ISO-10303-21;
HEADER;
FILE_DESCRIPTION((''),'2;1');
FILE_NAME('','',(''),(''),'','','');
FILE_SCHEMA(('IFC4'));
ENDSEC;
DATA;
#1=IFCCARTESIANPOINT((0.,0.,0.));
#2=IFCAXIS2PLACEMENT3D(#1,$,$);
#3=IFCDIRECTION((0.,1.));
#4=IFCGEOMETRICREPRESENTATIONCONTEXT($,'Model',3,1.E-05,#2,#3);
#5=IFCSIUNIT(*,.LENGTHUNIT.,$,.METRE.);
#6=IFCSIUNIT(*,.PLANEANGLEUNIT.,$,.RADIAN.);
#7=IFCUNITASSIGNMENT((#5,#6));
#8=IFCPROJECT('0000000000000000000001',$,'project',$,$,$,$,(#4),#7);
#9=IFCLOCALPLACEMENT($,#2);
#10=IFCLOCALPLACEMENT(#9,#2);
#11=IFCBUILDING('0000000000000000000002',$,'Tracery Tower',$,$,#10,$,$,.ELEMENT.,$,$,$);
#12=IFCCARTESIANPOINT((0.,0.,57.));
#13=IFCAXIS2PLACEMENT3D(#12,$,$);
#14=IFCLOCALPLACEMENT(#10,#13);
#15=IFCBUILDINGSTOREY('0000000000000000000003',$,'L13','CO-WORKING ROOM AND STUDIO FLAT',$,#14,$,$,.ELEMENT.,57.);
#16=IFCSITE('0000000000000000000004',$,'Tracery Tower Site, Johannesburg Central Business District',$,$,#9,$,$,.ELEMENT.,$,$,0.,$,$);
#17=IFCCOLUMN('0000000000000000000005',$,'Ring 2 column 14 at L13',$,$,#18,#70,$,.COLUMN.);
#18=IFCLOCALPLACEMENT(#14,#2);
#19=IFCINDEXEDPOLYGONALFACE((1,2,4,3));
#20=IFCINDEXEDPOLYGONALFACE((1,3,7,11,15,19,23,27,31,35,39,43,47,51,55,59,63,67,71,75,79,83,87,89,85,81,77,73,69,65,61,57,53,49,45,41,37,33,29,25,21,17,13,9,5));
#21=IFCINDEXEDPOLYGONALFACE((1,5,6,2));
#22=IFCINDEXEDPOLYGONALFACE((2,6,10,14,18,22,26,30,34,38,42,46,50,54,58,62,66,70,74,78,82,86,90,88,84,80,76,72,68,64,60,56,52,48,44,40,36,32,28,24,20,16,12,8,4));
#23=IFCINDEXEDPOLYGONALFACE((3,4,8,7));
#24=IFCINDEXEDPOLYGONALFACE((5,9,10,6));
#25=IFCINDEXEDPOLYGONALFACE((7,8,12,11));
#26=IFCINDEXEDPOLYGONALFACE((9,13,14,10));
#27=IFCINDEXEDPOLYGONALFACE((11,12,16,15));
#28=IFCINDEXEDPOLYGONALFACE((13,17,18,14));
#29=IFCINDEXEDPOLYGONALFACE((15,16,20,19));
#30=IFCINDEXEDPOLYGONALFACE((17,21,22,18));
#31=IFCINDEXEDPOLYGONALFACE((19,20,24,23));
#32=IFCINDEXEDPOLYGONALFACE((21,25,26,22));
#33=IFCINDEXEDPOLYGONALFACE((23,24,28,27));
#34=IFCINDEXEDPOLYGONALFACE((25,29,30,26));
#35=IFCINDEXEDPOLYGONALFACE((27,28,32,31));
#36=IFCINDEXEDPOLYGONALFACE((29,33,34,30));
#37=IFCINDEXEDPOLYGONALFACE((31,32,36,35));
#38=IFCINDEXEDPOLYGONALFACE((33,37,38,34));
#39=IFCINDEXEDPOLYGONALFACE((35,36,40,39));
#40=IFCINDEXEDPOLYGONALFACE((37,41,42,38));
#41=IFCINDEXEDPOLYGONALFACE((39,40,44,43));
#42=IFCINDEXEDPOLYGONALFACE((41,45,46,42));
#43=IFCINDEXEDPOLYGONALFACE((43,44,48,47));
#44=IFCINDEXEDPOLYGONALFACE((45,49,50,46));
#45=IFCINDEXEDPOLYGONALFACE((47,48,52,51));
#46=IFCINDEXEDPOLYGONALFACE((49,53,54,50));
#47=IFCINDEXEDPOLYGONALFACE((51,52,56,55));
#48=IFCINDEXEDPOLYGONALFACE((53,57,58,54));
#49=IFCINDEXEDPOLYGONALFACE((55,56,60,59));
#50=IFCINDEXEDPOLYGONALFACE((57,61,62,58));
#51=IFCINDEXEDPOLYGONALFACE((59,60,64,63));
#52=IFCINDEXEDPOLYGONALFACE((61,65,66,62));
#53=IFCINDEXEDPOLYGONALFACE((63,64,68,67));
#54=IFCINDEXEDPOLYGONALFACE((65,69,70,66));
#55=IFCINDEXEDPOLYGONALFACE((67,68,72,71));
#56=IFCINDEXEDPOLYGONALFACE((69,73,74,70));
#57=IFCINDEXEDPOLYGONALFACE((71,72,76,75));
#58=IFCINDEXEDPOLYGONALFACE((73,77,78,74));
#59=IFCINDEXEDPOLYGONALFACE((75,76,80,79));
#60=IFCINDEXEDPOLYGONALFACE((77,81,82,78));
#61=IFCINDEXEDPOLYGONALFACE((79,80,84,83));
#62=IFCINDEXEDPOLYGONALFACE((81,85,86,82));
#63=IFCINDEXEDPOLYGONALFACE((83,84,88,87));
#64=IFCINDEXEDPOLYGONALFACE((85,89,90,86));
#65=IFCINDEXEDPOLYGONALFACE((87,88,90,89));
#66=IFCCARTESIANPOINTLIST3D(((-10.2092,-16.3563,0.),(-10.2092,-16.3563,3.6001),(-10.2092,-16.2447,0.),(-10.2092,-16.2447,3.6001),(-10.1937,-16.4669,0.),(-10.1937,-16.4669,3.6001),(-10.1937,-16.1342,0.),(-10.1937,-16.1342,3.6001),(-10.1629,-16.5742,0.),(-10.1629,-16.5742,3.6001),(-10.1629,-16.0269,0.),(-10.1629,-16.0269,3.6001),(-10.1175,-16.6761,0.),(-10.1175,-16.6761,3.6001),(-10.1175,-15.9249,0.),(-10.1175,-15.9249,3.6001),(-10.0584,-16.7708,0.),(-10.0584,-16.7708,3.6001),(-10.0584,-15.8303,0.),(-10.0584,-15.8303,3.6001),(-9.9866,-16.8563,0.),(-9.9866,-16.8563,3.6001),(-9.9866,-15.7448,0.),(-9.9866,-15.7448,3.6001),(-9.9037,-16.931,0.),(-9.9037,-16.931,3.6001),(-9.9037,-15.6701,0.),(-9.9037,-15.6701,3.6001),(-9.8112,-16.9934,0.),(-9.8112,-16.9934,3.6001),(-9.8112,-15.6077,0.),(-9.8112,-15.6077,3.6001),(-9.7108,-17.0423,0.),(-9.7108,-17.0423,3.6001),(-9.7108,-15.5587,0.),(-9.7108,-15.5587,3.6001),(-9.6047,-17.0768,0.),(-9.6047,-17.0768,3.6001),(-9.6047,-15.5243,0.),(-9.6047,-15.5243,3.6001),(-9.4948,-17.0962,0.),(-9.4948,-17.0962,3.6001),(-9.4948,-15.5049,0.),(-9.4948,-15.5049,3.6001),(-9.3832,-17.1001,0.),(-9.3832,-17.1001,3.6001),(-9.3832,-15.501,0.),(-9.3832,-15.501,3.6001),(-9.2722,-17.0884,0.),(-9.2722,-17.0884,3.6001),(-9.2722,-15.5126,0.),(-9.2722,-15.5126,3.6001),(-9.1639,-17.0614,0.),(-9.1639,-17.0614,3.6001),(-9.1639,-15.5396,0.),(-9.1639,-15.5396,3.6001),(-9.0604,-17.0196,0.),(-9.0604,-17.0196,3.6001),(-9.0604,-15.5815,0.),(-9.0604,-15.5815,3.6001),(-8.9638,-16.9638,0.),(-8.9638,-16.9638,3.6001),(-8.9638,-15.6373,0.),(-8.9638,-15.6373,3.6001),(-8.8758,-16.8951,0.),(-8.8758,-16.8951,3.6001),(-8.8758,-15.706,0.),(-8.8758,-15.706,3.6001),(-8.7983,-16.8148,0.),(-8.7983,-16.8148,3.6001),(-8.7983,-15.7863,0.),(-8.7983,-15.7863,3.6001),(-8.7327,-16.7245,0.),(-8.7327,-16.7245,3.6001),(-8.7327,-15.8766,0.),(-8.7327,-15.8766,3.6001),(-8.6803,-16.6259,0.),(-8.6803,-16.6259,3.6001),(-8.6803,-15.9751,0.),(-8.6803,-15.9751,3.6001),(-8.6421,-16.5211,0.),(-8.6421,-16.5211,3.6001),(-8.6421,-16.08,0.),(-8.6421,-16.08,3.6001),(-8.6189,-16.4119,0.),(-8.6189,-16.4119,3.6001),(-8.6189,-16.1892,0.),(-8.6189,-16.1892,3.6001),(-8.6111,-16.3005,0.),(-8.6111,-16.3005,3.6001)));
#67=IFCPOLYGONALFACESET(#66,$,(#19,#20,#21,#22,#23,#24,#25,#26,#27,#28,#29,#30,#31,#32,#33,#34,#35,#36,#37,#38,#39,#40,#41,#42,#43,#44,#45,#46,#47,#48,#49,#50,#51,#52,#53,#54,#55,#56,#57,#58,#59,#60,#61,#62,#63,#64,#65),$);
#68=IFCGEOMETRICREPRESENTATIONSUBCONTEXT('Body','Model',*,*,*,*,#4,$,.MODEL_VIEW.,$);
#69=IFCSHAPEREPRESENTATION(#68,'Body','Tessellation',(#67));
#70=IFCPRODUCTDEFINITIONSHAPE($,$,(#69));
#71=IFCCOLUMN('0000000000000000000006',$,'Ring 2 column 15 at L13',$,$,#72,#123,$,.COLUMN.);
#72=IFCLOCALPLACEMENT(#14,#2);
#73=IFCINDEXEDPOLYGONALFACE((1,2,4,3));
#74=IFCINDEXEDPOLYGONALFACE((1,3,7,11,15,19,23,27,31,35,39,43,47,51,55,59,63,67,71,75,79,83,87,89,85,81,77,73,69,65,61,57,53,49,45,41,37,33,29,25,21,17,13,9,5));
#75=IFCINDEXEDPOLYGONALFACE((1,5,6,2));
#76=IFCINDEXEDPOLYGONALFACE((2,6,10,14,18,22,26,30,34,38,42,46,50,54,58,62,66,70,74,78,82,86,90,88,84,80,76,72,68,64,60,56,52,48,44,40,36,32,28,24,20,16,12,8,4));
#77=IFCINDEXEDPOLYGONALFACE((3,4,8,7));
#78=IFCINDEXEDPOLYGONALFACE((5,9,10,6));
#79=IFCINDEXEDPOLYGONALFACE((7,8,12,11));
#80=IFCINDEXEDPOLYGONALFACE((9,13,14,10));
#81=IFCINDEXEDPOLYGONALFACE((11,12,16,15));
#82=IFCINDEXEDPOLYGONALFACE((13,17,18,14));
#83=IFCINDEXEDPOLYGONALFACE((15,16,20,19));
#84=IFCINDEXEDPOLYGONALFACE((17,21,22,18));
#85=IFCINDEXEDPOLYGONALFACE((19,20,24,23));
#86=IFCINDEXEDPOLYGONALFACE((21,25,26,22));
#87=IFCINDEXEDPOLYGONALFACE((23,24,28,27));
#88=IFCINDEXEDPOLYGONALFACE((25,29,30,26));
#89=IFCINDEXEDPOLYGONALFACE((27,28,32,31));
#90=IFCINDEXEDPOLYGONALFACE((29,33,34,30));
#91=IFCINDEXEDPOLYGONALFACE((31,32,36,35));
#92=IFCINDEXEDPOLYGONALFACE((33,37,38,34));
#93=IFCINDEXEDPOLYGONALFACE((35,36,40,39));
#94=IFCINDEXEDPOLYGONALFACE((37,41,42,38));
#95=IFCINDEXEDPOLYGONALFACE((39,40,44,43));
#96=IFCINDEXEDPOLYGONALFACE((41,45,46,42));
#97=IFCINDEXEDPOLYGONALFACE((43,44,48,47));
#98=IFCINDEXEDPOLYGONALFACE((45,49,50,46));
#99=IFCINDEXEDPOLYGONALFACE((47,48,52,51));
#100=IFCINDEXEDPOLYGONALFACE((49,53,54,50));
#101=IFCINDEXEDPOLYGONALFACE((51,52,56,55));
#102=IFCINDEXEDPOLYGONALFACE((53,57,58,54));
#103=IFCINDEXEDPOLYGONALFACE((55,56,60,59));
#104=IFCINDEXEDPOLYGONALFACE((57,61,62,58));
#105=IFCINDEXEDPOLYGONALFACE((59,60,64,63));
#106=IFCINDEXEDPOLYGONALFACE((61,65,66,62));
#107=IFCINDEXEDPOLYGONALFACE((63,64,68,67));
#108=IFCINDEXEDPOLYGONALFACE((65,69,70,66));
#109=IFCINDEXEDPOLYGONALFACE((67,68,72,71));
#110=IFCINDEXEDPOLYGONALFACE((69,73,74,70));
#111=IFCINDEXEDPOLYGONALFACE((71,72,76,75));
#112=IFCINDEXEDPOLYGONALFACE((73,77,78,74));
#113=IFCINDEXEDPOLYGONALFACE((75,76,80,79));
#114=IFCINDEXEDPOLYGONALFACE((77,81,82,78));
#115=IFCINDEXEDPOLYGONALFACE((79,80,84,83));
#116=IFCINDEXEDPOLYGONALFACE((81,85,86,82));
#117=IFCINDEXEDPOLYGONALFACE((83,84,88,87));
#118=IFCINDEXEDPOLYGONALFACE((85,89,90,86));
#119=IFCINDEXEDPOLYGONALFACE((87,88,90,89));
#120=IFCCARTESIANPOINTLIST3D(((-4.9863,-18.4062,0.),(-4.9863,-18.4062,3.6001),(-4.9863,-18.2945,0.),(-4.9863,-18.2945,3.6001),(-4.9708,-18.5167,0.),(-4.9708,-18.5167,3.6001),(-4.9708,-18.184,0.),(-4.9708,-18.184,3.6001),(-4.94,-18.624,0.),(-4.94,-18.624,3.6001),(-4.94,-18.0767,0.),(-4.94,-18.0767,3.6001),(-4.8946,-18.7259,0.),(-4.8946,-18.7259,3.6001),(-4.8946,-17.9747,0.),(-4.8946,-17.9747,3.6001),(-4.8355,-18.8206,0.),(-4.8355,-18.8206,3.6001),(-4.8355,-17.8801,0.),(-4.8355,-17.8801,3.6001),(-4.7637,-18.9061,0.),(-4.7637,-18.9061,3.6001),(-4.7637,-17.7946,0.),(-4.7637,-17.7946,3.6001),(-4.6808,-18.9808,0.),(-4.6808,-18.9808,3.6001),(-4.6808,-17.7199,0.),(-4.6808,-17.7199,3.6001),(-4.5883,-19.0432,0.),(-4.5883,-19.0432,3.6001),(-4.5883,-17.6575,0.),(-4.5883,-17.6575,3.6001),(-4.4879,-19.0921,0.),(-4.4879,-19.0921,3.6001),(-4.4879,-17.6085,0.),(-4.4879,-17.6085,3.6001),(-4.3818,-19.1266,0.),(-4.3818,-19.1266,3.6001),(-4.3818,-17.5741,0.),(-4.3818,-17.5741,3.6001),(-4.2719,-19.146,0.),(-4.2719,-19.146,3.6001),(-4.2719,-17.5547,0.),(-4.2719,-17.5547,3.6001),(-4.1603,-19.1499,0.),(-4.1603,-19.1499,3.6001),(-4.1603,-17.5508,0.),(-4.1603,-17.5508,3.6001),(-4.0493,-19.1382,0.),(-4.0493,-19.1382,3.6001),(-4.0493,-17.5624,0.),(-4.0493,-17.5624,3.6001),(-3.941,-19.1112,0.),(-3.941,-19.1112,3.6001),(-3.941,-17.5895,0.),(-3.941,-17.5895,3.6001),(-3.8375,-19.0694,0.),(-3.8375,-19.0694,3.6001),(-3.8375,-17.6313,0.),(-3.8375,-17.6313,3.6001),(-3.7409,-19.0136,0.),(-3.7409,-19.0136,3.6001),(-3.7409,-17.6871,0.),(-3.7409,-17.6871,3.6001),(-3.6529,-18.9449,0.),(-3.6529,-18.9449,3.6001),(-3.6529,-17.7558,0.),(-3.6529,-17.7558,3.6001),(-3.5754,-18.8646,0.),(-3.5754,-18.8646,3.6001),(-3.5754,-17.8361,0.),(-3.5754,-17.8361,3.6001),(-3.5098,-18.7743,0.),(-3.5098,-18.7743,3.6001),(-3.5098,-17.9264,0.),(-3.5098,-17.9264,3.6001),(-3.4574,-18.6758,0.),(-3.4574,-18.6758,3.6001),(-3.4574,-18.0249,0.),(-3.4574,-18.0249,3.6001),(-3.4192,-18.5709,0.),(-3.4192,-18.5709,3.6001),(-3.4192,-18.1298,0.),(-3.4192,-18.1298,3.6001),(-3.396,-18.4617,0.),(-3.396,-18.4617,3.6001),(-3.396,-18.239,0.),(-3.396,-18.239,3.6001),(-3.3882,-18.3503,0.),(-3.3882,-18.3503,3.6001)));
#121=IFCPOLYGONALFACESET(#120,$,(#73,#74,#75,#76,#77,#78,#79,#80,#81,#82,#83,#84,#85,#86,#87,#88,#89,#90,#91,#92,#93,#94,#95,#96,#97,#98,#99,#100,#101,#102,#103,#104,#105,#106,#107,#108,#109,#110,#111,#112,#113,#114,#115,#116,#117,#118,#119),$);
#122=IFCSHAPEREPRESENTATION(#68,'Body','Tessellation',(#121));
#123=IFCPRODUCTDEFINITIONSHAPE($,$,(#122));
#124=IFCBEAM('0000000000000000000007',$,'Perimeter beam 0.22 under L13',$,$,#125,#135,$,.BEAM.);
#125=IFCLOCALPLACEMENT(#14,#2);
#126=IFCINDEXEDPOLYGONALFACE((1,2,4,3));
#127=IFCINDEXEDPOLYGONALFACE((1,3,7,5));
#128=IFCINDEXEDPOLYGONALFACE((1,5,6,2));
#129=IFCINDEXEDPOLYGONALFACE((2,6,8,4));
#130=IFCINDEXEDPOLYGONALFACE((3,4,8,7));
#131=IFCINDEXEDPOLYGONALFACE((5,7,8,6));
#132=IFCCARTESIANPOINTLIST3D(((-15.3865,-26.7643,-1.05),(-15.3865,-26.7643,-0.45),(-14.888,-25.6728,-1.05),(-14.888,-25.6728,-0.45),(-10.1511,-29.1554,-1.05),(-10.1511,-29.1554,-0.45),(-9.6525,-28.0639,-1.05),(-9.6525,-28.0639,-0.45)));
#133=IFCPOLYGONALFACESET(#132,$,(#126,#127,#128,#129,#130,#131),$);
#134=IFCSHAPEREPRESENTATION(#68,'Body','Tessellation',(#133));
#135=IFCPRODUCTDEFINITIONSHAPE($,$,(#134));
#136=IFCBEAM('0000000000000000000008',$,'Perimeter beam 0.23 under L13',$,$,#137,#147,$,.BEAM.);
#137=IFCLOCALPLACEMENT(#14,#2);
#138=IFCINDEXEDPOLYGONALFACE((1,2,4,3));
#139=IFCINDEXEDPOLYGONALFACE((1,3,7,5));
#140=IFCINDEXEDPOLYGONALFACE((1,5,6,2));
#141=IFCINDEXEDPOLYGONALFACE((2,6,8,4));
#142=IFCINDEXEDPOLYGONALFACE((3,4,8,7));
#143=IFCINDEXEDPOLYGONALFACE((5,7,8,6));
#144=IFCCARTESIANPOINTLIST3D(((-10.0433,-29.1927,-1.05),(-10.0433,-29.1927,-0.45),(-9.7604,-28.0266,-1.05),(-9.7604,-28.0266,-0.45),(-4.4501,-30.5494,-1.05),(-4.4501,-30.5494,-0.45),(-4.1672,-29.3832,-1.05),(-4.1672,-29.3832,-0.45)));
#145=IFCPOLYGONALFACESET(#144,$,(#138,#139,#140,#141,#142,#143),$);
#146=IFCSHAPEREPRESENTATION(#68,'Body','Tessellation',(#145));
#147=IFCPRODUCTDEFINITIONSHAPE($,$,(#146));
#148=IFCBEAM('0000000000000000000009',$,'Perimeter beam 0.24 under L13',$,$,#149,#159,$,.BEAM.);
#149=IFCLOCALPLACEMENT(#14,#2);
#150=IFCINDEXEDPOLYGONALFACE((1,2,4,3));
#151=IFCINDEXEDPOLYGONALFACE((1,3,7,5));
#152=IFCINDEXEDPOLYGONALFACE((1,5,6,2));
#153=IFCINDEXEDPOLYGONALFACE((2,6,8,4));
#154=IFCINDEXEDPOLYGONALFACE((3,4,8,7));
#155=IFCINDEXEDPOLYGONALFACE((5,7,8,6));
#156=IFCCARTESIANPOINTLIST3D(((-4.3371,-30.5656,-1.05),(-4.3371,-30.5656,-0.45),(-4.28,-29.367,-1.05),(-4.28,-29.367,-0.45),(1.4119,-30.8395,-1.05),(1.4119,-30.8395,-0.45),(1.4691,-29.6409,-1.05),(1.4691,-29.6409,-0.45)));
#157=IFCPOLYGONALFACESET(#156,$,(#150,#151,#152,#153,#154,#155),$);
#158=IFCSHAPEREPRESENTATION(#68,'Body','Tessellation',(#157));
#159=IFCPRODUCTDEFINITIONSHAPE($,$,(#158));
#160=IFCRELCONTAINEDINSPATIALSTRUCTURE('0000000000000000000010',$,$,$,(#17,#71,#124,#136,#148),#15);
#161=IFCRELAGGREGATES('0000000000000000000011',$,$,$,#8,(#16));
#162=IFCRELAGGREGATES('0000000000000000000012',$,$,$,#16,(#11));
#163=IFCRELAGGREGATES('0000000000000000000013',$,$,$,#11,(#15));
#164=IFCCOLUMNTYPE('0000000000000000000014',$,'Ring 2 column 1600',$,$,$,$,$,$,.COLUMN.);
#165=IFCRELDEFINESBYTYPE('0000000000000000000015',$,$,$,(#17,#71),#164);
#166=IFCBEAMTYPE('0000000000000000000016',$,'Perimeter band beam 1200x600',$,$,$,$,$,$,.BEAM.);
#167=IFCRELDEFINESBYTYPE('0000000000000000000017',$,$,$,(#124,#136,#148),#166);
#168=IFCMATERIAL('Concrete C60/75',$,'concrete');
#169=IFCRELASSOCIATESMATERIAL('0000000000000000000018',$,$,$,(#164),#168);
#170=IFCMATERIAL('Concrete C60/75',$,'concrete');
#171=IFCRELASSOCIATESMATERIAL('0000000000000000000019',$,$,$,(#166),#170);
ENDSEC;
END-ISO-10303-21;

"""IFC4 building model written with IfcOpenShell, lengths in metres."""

from ifc_helpers import new_model, si_unit, direction, frame, origin, origin_2d, place, context, subcontext, project, spatial, rectangle, circle, extrude, material, material_profile, profile_set, type_object, element, save


model = new_model("IFC4")

# Units and contexts
model_context = context("Model", 3, precision=1e-05, world=origin(), true_north=direction((0.0, 1.0)))
body_context = subcontext(model_context, "Body", "Model", "MODEL_VIEW")
ifc_project = project(units=[si_unit("LENGTHUNIT", "METRE"), si_unit("PLANEANGLEUNIT", "RADIAN")], contexts=[model_context])

# Site, building, storey
site_placement = place(None, origin())
site = spatial("IfcSite", under=ifc_project, at=site_placement, Name="Tracery Tower Site, Johannesburg Central Business District", CompositionType="ELEMENT", RefElevation=0.0)
building_placement = place(site_placement, origin())
building = spatial("IfcBuilding", under=site, at=building_placement, Name="Tracery Tower", CompositionType="ELEMENT")
storey_placement = place(building_placement, frame((0.0, 0.0, 57.0)))
storey = spatial("IfcBuildingStorey", under=building, at=storey_placement, Name="L13", Description="CO-WORKING ROOM AND STUDIO FLAT", CompositionType="ELEMENT", Elevation=57.0)

# Columns
ifc_material_1 = material(Name="Concrete C60/75", Category="concrete")
ifc_material_profile_1 = material_profile(ifc_material_1, circle(Radius=0.8, at=origin_2d()), Name="RC D1600")
ifc_profile_set_1 = profile_set([ifc_material_profile_1], Name="Concrete C60/75")
column_type_1 = type_object("IfcColumnType", Name="Ring 2 column 1600", PredefinedType="COLUMN", material=ifc_profile_set_1)
for number, where, z_axis, x_axis, name in (
    (1, (-9.4111, -16.3005, 0.0), (0.0, 0.0, 1.0), (1.0, 0.0, 0.0), "Ring 2 column 14 at L13"),
    (2, (-4.1882, -18.3503, 0.0), (0.0, 0.0, 1.0), (1.0, 0.0, 0.0), "Ring 2 column 15 at L13"),
):
    element("IfcColumn", number, at=place(storey_placement, frame(where, z_axis=z_axis, x_axis=x_axis)), inside=storey, type_object=column_type_1, Name=name, PredefinedType="COLUMN", context=body_context, shape_type="SweptSolid", body=[
        extrude(circle(Radius=0.8, at=origin_2d()), origin(), (0.0, 0.0, 1.0), 3.6001),
    ])

# Beams
ifc_material_2 = material(Name="Concrete C60/75", Category="concrete")
ifc_material_profile_2 = material_profile(ifc_material_2, rectangle(XDim=1.2, YDim=0.6001, at=origin_2d()), Name="RC 1200x600")
ifc_profile_set_2 = profile_set([ifc_material_profile_2], Name="Concrete C60/75")
beam_type = type_object("IfcBeamType", Name="Perimeter band beam 1200x600", PredefinedType="BEAM", material=ifc_profile_set_2)
beam_1_placement = place(storey_placement, frame((-15.1372, -26.2185, -0.75), z_axis=(0.909618, -0.415445, 0.0), x_axis=(0.415445, 0.909618, 0.0)))
element("IfcBeam", 3, at=beam_1_placement, inside=storey, type_object=beam_type, Name="Perimeter beam 0.22 under L13", PredefinedType="BEAM", context=body_context, shape_type="SweptSolid", body=[
    extrude(rectangle(XDim=1.2, YDim=0.6001, at=origin_2d()), origin(), (0.0, 0.0, 1.0), 5.7556),
])
beam_2_placement = place(storey_placement, frame((-9.9019, -28.6096, -0.75), z_axis=(0.97182, -0.235723, 0.0), x_axis=(0.235723, 0.97182, 0.0)))
element("IfcBeam", 4, at=beam_2_placement, inside=storey, type_object=beam_type, Name="Perimeter beam 0.23 under L13", PredefinedType="BEAM", context=body_context, shape_type="SweptSolid", body=[
    extrude(rectangle(XDim=1.2, YDim=0.6001, at=origin_2d()), origin(), (0.0, 0.0, 1.0), 5.7554),
])
beam_3_placement = place(storey_placement, frame((-4.3086, -29.9663, -0.75), z_axis=(0.998867, -0.047593, 0.0), x_axis=(0.047593, 0.998867, 0.0)))
element("IfcBeam", 5, at=beam_3_placement, inside=storey, type_object=beam_type, Name="Perimeter beam 0.24 under L13", PredefinedType="BEAM", context=body_context, shape_type="SweptSolid", body=[
    extrude(rectangle(XDim=1.2, YDim=0.6001, at=origin_2d()), origin(), (0.0, 0.0, 1.0), 5.7556),
])

save(model, "model.ifc")
